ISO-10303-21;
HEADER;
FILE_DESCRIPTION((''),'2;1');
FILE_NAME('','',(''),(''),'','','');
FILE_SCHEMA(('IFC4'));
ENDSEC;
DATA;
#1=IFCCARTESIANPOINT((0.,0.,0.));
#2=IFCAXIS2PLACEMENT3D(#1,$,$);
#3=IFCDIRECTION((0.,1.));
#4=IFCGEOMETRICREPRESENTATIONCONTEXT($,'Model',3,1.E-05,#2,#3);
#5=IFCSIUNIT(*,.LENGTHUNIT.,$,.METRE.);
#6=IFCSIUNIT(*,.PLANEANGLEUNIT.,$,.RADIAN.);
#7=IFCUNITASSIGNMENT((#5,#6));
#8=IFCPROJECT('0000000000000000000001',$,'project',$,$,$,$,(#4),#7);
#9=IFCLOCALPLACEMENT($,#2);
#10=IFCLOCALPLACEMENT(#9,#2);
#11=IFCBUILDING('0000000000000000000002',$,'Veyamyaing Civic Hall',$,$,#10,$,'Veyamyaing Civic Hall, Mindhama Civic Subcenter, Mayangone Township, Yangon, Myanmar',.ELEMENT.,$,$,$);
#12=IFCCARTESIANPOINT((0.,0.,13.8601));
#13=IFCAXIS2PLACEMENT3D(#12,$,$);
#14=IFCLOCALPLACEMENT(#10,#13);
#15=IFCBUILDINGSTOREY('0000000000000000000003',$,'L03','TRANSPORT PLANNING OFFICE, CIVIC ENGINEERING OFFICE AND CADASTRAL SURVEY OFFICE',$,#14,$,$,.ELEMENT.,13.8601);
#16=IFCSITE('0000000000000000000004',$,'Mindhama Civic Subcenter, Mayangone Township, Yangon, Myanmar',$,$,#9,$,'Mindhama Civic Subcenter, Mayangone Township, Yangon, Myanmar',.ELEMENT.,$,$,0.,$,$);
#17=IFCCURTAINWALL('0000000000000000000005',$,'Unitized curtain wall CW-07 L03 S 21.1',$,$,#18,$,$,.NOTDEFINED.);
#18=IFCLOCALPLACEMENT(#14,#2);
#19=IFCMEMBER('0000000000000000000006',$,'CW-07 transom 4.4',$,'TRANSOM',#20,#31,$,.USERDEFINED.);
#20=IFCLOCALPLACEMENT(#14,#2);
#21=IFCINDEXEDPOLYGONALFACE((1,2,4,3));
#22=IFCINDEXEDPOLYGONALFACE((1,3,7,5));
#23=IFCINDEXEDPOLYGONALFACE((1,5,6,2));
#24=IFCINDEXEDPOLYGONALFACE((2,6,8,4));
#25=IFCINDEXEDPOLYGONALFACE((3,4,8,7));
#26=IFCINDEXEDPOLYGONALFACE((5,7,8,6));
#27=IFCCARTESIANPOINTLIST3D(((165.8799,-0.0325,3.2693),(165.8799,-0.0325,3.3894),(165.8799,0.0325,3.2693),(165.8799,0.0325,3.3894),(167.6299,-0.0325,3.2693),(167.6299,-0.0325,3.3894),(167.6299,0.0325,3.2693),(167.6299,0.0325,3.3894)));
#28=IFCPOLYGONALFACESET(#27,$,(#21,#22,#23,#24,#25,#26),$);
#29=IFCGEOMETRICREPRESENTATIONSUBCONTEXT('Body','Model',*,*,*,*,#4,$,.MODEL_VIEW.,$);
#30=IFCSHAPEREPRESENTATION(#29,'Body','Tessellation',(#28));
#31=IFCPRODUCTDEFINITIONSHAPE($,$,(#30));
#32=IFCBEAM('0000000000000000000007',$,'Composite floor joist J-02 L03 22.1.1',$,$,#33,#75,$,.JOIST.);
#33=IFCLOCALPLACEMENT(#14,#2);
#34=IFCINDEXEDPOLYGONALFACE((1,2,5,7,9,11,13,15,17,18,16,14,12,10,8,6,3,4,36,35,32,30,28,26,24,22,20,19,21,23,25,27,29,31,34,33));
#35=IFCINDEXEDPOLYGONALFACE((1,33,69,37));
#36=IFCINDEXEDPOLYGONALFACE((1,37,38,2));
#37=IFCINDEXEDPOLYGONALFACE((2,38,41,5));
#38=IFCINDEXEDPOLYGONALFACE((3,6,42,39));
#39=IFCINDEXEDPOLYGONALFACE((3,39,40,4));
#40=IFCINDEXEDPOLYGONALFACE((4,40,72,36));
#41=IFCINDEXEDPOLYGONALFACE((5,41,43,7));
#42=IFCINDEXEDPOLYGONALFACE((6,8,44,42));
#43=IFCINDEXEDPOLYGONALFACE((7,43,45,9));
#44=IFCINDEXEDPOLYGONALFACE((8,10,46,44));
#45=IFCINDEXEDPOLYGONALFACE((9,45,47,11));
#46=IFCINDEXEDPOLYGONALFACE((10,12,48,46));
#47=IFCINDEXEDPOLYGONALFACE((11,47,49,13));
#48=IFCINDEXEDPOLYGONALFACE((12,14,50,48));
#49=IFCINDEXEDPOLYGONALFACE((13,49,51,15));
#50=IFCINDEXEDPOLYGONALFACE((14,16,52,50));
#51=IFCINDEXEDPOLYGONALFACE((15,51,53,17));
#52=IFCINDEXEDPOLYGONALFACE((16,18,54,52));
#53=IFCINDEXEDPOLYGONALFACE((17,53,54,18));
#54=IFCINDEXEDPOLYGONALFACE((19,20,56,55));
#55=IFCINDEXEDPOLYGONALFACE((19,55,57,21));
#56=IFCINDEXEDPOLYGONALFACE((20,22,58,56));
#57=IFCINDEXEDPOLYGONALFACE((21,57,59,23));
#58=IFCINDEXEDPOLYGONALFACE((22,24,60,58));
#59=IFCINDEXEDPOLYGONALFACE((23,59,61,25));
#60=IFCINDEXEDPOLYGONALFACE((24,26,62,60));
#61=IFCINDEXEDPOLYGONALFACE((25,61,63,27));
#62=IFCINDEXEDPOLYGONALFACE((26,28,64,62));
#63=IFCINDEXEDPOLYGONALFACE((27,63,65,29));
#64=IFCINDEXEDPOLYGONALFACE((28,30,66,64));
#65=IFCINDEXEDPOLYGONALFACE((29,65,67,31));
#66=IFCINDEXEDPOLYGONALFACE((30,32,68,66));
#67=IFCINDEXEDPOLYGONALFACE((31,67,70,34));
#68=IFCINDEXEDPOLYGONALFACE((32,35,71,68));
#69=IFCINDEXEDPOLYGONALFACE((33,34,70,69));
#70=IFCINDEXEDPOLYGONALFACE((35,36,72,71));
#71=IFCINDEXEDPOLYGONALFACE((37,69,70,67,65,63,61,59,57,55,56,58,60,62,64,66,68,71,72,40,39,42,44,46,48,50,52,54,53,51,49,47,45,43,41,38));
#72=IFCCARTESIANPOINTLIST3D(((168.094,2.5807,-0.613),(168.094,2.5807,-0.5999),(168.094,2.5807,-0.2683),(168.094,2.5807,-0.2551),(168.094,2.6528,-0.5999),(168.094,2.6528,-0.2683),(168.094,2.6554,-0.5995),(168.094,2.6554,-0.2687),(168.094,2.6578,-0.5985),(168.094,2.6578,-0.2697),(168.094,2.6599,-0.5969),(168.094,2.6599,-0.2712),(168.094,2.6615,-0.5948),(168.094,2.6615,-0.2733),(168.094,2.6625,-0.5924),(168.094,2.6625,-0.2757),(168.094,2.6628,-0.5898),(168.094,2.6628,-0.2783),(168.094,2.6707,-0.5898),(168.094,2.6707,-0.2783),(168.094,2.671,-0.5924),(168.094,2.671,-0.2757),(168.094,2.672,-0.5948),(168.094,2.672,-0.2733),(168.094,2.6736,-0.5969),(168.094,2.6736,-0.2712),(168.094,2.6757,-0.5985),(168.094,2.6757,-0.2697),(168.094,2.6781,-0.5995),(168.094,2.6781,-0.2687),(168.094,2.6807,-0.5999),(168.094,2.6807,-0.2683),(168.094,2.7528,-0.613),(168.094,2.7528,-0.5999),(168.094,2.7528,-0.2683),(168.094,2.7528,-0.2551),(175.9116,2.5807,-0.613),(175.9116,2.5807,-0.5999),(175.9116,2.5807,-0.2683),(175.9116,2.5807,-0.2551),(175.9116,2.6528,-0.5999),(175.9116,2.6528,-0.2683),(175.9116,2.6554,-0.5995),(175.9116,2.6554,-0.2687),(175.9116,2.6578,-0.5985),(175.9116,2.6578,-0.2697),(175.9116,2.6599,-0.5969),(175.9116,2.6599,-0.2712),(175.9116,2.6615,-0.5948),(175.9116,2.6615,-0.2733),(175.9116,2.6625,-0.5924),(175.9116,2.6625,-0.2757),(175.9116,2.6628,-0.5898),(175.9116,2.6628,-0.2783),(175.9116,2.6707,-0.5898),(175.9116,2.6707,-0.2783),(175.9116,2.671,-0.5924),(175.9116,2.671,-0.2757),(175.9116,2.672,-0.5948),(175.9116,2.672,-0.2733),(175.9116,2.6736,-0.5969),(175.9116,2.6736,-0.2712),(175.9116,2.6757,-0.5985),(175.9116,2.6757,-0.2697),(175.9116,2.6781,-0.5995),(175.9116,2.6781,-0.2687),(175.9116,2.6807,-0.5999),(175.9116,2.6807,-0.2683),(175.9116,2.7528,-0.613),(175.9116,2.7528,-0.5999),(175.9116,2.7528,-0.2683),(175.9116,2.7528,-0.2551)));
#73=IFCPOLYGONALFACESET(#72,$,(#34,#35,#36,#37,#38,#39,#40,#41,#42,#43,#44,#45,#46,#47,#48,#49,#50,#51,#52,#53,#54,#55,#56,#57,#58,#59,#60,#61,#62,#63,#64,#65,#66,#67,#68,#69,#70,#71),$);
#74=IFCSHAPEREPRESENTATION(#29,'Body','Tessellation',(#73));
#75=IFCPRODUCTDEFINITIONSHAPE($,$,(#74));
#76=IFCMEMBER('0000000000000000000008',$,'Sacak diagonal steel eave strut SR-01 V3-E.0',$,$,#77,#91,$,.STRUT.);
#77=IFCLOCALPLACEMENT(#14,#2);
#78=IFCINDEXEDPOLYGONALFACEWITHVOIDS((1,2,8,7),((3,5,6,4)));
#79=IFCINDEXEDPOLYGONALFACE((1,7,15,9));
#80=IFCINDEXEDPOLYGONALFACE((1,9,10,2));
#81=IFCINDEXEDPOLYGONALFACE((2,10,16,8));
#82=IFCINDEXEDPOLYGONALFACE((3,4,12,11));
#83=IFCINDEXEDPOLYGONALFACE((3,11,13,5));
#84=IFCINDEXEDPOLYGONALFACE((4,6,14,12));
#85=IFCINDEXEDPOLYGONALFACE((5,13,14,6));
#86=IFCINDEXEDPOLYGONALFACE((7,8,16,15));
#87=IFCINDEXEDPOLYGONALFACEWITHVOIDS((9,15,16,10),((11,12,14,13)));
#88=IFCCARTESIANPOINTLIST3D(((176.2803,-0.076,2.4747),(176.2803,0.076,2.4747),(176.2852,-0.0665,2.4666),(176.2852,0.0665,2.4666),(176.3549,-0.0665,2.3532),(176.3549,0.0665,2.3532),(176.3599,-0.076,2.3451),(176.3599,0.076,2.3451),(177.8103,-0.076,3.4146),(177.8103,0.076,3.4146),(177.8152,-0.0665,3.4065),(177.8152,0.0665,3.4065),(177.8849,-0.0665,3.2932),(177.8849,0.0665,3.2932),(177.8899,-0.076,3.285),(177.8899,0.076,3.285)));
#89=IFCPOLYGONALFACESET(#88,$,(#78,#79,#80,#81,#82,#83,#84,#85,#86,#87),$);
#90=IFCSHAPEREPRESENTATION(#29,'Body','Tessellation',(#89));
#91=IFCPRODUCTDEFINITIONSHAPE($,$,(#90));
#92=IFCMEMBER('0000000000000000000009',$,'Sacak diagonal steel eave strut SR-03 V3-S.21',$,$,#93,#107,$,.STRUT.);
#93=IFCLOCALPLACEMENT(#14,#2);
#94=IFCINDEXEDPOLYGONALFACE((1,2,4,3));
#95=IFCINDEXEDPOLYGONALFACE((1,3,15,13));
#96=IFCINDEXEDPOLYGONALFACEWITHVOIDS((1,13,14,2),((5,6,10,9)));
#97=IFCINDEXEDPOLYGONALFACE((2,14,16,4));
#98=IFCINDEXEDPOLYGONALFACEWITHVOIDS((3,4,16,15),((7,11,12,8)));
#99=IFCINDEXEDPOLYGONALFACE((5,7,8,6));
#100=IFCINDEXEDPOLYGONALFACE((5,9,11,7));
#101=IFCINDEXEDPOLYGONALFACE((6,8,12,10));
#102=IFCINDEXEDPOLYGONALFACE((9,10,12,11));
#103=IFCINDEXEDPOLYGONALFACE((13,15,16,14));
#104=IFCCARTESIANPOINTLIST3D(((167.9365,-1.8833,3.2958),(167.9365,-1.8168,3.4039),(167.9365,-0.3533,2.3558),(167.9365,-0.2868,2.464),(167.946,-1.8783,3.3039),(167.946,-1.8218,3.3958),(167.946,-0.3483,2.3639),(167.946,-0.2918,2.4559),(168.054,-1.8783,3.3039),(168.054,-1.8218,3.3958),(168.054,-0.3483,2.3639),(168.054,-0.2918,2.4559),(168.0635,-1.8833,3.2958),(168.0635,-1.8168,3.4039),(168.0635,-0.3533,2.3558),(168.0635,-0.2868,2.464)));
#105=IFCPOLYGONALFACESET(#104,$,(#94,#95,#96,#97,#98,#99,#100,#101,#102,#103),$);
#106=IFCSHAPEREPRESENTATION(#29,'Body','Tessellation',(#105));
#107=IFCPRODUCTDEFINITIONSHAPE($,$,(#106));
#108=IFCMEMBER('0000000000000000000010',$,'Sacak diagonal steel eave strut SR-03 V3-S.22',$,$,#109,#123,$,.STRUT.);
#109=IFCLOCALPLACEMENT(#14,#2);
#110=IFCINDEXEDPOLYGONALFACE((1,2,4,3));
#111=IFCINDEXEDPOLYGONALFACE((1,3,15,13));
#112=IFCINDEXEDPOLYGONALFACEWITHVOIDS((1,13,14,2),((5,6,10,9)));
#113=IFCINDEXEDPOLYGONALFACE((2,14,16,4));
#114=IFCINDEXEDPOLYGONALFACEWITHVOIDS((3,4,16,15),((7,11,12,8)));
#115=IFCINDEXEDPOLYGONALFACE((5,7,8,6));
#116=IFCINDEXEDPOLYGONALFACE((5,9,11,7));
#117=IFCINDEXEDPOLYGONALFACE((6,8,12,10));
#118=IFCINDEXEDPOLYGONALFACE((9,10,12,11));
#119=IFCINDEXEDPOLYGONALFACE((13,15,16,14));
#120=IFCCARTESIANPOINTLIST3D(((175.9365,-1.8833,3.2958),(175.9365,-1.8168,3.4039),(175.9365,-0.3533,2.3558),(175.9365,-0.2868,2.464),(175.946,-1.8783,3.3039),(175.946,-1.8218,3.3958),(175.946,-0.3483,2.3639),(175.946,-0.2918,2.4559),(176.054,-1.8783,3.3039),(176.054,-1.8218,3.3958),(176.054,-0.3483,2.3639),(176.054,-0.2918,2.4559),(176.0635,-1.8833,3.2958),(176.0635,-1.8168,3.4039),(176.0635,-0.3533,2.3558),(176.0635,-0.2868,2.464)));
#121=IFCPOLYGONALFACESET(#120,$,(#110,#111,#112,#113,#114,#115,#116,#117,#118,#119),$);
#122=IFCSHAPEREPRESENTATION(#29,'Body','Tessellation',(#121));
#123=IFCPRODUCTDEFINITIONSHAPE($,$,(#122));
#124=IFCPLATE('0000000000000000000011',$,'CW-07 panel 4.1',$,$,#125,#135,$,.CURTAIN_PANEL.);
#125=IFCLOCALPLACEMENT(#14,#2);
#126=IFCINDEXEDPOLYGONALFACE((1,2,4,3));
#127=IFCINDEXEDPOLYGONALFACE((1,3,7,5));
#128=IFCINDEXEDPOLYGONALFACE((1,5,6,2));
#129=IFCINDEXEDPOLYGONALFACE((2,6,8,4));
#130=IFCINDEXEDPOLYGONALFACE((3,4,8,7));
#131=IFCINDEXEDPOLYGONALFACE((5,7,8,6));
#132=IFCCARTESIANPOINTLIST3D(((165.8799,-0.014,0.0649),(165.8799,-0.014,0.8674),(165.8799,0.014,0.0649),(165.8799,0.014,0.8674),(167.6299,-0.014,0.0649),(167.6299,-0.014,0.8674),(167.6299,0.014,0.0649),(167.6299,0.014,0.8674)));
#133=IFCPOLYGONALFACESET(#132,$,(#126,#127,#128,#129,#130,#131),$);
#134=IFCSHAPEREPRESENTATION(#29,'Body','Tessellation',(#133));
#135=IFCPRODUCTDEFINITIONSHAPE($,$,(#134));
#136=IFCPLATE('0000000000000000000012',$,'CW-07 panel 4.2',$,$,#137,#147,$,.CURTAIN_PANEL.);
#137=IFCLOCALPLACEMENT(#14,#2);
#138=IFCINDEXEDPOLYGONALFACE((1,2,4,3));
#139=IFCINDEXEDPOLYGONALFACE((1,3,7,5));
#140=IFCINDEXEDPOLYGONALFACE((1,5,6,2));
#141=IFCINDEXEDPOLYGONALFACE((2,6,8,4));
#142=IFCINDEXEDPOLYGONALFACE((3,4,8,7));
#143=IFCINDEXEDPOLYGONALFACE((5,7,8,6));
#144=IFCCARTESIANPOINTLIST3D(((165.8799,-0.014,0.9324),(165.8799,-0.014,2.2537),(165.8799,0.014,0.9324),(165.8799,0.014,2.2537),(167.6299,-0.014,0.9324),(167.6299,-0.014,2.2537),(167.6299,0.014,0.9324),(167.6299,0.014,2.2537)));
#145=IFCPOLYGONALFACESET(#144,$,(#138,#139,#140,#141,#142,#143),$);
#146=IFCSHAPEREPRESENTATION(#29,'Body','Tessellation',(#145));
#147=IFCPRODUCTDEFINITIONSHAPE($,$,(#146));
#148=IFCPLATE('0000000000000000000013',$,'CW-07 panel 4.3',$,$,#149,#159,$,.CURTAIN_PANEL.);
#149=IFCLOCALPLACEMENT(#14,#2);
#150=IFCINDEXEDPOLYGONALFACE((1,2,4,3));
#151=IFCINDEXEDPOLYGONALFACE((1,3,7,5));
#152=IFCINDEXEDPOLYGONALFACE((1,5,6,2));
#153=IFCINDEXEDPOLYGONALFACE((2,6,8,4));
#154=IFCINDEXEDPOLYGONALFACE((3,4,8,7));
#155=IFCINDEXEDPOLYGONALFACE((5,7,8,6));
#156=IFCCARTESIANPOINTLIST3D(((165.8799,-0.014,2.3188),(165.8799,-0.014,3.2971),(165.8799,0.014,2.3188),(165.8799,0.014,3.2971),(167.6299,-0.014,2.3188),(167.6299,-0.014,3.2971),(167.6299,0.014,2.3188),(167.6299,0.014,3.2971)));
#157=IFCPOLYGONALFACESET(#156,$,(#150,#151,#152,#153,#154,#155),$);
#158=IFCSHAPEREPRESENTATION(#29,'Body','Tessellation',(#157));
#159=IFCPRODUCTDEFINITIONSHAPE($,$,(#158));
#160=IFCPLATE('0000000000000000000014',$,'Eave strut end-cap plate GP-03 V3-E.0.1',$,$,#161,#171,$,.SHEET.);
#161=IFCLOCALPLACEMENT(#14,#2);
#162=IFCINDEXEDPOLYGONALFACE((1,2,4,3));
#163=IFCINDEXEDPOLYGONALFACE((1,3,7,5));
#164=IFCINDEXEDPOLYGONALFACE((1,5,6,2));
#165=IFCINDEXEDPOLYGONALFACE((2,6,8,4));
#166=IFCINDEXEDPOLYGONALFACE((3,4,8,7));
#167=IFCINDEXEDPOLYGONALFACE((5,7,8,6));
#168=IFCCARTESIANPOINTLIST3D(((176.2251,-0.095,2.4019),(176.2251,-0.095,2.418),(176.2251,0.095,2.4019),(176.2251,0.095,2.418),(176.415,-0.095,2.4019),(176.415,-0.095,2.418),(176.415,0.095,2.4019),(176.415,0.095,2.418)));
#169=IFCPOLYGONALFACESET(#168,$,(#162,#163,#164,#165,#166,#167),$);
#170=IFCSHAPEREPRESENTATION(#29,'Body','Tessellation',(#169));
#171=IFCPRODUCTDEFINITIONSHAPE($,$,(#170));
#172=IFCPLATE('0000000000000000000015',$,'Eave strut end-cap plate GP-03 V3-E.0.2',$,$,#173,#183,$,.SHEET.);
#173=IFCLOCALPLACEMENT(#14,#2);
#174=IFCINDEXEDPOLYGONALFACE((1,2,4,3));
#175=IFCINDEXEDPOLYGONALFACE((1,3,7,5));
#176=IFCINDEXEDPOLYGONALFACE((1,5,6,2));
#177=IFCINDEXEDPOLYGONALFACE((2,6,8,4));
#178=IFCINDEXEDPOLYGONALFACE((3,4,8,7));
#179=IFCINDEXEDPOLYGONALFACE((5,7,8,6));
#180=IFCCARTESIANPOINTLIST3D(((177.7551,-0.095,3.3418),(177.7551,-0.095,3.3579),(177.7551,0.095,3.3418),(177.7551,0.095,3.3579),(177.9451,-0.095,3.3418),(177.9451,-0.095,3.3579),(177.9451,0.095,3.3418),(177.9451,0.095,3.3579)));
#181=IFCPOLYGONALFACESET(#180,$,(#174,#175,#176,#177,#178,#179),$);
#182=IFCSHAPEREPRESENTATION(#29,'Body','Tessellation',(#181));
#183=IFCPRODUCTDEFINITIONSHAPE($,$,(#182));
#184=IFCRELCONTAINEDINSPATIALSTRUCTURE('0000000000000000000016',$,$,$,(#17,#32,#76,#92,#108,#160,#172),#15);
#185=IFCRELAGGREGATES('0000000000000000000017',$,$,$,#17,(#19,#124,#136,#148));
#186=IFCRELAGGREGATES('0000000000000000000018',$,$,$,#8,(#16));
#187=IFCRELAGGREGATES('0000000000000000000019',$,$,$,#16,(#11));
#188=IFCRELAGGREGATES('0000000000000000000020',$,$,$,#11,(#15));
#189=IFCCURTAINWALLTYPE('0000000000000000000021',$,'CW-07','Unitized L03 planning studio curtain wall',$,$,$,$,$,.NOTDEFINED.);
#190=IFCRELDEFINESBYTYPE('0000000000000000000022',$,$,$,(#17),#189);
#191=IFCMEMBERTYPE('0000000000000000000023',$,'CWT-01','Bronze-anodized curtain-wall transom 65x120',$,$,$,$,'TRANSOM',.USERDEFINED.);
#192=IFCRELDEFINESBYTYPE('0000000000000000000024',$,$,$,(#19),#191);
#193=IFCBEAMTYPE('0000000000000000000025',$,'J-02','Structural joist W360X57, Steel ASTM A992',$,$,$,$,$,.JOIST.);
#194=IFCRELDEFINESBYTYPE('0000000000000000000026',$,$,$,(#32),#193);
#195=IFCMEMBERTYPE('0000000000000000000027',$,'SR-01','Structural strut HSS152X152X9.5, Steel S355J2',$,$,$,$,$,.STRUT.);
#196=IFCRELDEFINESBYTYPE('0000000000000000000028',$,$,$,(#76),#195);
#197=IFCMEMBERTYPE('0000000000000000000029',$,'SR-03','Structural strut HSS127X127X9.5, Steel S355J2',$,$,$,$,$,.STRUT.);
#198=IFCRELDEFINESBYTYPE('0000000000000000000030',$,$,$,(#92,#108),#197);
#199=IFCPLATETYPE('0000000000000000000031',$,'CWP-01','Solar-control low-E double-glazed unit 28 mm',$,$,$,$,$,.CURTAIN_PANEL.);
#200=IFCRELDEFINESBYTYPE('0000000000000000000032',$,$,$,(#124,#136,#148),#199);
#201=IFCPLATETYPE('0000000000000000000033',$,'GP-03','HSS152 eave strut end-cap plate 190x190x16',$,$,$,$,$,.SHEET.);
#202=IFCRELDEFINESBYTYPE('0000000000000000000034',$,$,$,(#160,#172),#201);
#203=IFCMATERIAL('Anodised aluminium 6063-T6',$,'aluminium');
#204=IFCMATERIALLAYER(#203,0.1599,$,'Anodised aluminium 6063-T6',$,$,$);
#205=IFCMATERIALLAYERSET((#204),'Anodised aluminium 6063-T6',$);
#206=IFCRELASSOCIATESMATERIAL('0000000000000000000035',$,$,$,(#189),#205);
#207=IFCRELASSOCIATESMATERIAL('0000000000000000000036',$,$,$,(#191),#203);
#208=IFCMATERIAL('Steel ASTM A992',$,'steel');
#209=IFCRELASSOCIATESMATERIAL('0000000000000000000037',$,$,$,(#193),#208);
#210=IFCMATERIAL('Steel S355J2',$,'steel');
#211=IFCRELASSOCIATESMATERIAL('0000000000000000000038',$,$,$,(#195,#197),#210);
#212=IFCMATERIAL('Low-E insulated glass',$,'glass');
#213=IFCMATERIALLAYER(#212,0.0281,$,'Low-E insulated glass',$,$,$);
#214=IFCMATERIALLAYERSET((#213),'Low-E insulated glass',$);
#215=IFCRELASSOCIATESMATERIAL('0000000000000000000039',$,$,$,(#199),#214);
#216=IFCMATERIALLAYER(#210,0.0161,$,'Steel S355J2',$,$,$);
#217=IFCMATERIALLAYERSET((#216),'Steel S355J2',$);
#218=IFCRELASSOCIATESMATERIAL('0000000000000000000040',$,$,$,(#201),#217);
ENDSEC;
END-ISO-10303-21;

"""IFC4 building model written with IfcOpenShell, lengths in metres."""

from ifc_helpers import new_model, si_unit, direction, frame, origin, origin_2d, place, context, subcontext, project, spatial, rectangle, hollow_rectangle, i_section, extrude, material, layer, layer_set, material_profile, profile_set, type_object, element, aggregate, save


model = new_model("IFC4")

# Units and contexts
model_context = context("Model", 3, precision=1e-05, world=origin(), true_north=direction((0.0, 1.0)))
body_context = subcontext(model_context, "Body", "Model", "MODEL_VIEW")
ifc_project = project(units=[si_unit("LENGTHUNIT", "METRE"), si_unit("PLANEANGLEUNIT", "RADIAN")], contexts=[model_context])

# Site, building, storey
site_placement = place(None, origin())
site = spatial("IfcSite", under=ifc_project, at=site_placement, Name="Mindhama Civic Subcenter, Mayangone Township, Yangon, Myanmar", LongName="Mindhama Civic Subcenter, Mayangone Township, Yangon, Myanmar", CompositionType="ELEMENT", RefElevation=0.0)
building_placement = place(site_placement, origin())
building = spatial("IfcBuilding", under=site, at=building_placement, Name="Veyamyaing Civic Hall", LongName="Veyamyaing Civic Hall, Mindhama Civic Subcenter, Mayangone Township, Yangon, Myanmar", CompositionType="ELEMENT")
storey_placement = place(building_placement, frame((0.0, 0.0, 13.8601)))
storey = spatial("IfcBuildingStorey", under=building, at=storey_placement, Name="L03", Description="TRANSPORT PLANNING OFFICE, CIVIC ENGINEERING OFFICE AND CADASTRAL SURVEY OFFICE", CompositionType="ELEMENT", Elevation=13.8601)

# Shared definitions
ifc_material_1 = material(Name="Steel ASTM A992", Category="steel")

# Curtain wall, member
ifc_material_2 = material(Name="Anodised aluminium 6063-T6", Category="aluminium")
ifc_layer_1 = layer(ifc_material_2, 0.1599, Name="Anodised aluminium 6063-T6")
ifc_layer_set_1 = layer_set([ifc_layer_1], Name="Anodised aluminium 6063-T6")
curtain_wall_type = type_object("IfcCurtainWallType", Name="CW-07", Description="Unitized L03 planning studio curtain wall", PredefinedType="NOTDEFINED", material=ifc_layer_set_1)
curtain_wall_placement = place(storey_placement, origin())
curtain_wall = element("IfcCurtainWall", 1, at=curtain_wall_placement, inside=storey, type_object=curtain_wall_type, Name="Unitized curtain wall CW-07 L03 S 21.1", PredefinedType="NOTDEFINED")
ifc_material_profile_1 = material_profile(ifc_material_2, rectangle(XDim=0.0649, YDim=0.1201, at=origin_2d()), Name="ALU-TRN-65X120")
ifc_profile_set_1 = profile_set([ifc_material_profile_1], Name="Anodised aluminium 6063-T6")
member_type_1 = type_object("IfcMemberType", Name="CWT-01", Description="Bronze-anodized curtain-wall transom 65x120", ElementType="TRANSOM", PredefinedType="USERDEFINED", material=ifc_profile_set_1)
member_1_placement = place(storey_placement, frame((165.8799, 0.0, 3.3293), z_axis=(1.0, 0.0, 0.0), x_axis=(0.0, 1.0, 0.0)))
member_1 = element("IfcMember", 2, at=member_1_placement, type_object=member_type_1, Name="CW-07 transom 4.4", ObjectType="TRANSOM", PredefinedType="USERDEFINED", context=body_context, shape_type="SweptSolid", body=[
    extrude(rectangle(XDim=0.0649, YDim=0.1201, at=origin_2d()), origin(), (0.0, 0.0, 1.0), 1.75),
])

# Beam
ifc_material_profile_2 = material_profile(ifc_material_1, i_section(OverallWidth=0.1721, OverallDepth=0.3579, WebThickness=0.0078, FlangeThickness=0.0132, FilletRadius=0.01, at=origin_2d()), Name="W360X57")
ifc_profile_set_2 = profile_set([ifc_material_profile_2], Name="Steel ASTM A992")
beam_type_1 = type_object("IfcBeamType", Name="J-02", Description="Structural joist W360X57, Steel ASTM A992", PredefinedType="JOIST", material=ifc_profile_set_2)
beam_1_placement = place(storey_placement, frame((168.094, 2.6667, -0.4341), z_axis=(1.0, 0.0, 0.0), x_axis=(0.0, 1.0, 0.0)))
element("IfcBeam", 3, at=beam_1_placement, inside=storey, type_object=beam_type_1, Name="Composite floor joist J-02 L03 22.1.1", PredefinedType="JOIST", context=body_context, shape_type="SweptSolid", body=[
    extrude(i_section(OverallWidth=0.1721, OverallDepth=0.3579, WebThickness=0.0078, FlangeThickness=0.0132, FilletRadius=0.01, at=origin_2d()), origin(), (0.0, 0.0, 1.0), 7.8176),
])

# Members
ifc_material_3 = material(Name="Steel S355J2", Category="steel")
ifc_material_profile_3 = material_profile(ifc_material_3, hollow_rectangle(XDim=0.1521, YDim=0.1521, WallThickness=0.0095, at=origin_2d()), Name="HSS152X152X9.5")
ifc_profile_set_3 = profile_set([ifc_material_profile_3], Name="Steel S355J2")
member_type_2 = type_object("IfcMemberType", Name="SR-01", Description="Structural strut HSS152X152X9.5, Steel S355J2", PredefinedType="STRUT", material=ifc_profile_set_3)
member_2_placement = place(storey_placement, frame((176.3201, 0.0, 2.4099), z_axis=(0.85206, 0.0, 0.523445), x_axis=(0.0, 1.0, 0.0)))
element("IfcMember", 4, at=member_2_placement, inside=storey, type_object=member_type_2, Name="Sacak diagonal steel eave strut SR-01 V3-E.0", PredefinedType="STRUT", context=body_context, shape_type="SweptSolid", body=[
    extrude(hollow_rectangle(XDim=0.1521, YDim=0.1521, WallThickness=0.0095, at=origin_2d()), origin(), (0.0, 0.0, 1.0), 1.7957),
])
ifc_material_profile_4 = material_profile(ifc_material_3, hollow_rectangle(XDim=0.127, YDim=0.127, WallThickness=0.0095, at=origin_2d()), Name="HSS127X127X9.5")
ifc_profile_set_4 = profile_set([ifc_material_profile_4], Name="Steel S355J2")
member_type_3 = type_object("IfcMemberType", Name="SR-03", Description="Structural strut HSS127X127X9.5, Steel S355J2", PredefinedType="STRUT", material=ifc_profile_set_4)
for number, where, z_axis, x_axis, name in (
    (5, (168.0, -0.3201, 2.4099), (0.0, -0.85206, 0.523445), (1.0, 0.0, 0.0), "Sacak diagonal steel eave strut SR-03 V3-S.21"),
    (6, (176.0, -0.3201, 2.4099), (0.0, -0.85206, 0.523445), (1.0, 0.0, 0.0), "Sacak diagonal steel eave strut SR-03 V3-S.22"),
):
    element("IfcMember", number, at=place(storey_placement, frame(where, z_axis=z_axis, x_axis=x_axis)), inside=storey, type_object=member_type_3, Name=name, PredefinedType="STRUT", context=body_context, shape_type="SweptSolid", body=[
        extrude(hollow_rectangle(XDim=0.127, YDim=0.127, WallThickness=0.0095, at=origin_2d()), origin(), (0.0, 0.0, 1.0), 1.7957),
    ])

# Plates
ifc_material_4 = material(Name="Low-E insulated glass", Category="glass")
ifc_layer_2 = layer(ifc_material_4, 0.0281, Name="Low-E insulated glass")
ifc_layer_set_2 = layer_set([ifc_layer_2], Name="Low-E insulated glass")
plate_type_1 = type_object("IfcPlateType", Name="CWP-01", Description="Solar-control low-E double-glazed unit 28 mm", PredefinedType="CURTAIN_PANEL", material=ifc_layer_set_2)
plate_1_placement = place(storey_placement, frame((166.7549, 0.0, 0.0649), z_axis=(0.0, 0.0, 1.0), x_axis=(1.0, 0.0, 0.0)))
plate_1 = element("IfcPlate", 7, at=plate_1_placement, type_object=plate_type_1, Name="CW-07 panel 4.1", PredefinedType="CURTAIN_PANEL", context=body_context, shape_type="SweptSolid", body=[
    extrude(rectangle(XDim=1.75, YDim=0.0281, at=origin_2d()), origin(), (0.0, 0.0, 1.0), 0.8025),
])
plate_2_placement = place(storey_placement, frame((166.7549, 0.0, 0.9324), z_axis=(0.0, 0.0, 1.0), x_axis=(1.0, 0.0, 0.0)))
plate_2 = element("IfcPlate", 8, at=plate_2_placement, type_object=plate_type_1, Name="CW-07 panel 4.2", PredefinedType="CURTAIN_PANEL", context=body_context, shape_type="SweptSolid", body=[
    extrude(rectangle(XDim=1.75, YDim=0.0281, at=origin_2d()), origin(), (0.0, 0.0, 1.0), 1.3213),
])
plate_3_placement = place(storey_placement, frame((166.7549, 0.0, 2.3188), z_axis=(0.0, 0.0, 1.0), x_axis=(1.0, 0.0, 0.0)))
plate_3 = element("IfcPlate", 9, at=plate_3_placement, type_object=plate_type_1, Name="CW-07 panel 4.3", PredefinedType="CURTAIN_PANEL", context=body_context, shape_type="SweptSolid", body=[
    extrude(rectangle(XDim=1.75, YDim=0.0281, at=origin_2d()), origin(), (0.0, 0.0, 1.0), 0.9783),
])
aggregate(curtain_wall, [member_1, plate_1, plate_2, plate_3])

# Plates
ifc_layer_3 = layer(ifc_material_3, 0.0161, Name="Steel S355J2")
ifc_layer_set_3 = layer_set([ifc_layer_3], Name="Steel S355J2")
plate_type_2 = type_object("IfcPlateType", Name="GP-03", Description="HSS152 eave strut end-cap plate 190x190x16", PredefinedType="SHEET", material=ifc_layer_set_3)
for number, where, z_axis, x_axis, name in (
    (10, (176.3201, 0.0, 2.4019), (0.0, 0.0, 1.0), (1.0, 0.0, 0.0), "Eave strut end-cap plate GP-03 V3-E.0.1"),
    (11, (177.8501, 0.0, 3.3418), (0.0, 0.0, 1.0), (1.0, 0.0, 0.0), "Eave strut end-cap plate GP-03 V3-E.0.2"),
):
    element("IfcPlate", number, at=place(storey_placement, frame(where, z_axis=z_axis, x_axis=x_axis)), inside=storey, type_object=plate_type_2, Name=name, PredefinedType="SHEET", context=body_context, shape_type="SweptSolid", body=[
        extrude(rectangle(XDim=0.1899, YDim=0.1899, at=origin_2d()), origin(), (0.0, 0.0, 1.0), 0.0161),
    ])

save(model, "model.ifc")
